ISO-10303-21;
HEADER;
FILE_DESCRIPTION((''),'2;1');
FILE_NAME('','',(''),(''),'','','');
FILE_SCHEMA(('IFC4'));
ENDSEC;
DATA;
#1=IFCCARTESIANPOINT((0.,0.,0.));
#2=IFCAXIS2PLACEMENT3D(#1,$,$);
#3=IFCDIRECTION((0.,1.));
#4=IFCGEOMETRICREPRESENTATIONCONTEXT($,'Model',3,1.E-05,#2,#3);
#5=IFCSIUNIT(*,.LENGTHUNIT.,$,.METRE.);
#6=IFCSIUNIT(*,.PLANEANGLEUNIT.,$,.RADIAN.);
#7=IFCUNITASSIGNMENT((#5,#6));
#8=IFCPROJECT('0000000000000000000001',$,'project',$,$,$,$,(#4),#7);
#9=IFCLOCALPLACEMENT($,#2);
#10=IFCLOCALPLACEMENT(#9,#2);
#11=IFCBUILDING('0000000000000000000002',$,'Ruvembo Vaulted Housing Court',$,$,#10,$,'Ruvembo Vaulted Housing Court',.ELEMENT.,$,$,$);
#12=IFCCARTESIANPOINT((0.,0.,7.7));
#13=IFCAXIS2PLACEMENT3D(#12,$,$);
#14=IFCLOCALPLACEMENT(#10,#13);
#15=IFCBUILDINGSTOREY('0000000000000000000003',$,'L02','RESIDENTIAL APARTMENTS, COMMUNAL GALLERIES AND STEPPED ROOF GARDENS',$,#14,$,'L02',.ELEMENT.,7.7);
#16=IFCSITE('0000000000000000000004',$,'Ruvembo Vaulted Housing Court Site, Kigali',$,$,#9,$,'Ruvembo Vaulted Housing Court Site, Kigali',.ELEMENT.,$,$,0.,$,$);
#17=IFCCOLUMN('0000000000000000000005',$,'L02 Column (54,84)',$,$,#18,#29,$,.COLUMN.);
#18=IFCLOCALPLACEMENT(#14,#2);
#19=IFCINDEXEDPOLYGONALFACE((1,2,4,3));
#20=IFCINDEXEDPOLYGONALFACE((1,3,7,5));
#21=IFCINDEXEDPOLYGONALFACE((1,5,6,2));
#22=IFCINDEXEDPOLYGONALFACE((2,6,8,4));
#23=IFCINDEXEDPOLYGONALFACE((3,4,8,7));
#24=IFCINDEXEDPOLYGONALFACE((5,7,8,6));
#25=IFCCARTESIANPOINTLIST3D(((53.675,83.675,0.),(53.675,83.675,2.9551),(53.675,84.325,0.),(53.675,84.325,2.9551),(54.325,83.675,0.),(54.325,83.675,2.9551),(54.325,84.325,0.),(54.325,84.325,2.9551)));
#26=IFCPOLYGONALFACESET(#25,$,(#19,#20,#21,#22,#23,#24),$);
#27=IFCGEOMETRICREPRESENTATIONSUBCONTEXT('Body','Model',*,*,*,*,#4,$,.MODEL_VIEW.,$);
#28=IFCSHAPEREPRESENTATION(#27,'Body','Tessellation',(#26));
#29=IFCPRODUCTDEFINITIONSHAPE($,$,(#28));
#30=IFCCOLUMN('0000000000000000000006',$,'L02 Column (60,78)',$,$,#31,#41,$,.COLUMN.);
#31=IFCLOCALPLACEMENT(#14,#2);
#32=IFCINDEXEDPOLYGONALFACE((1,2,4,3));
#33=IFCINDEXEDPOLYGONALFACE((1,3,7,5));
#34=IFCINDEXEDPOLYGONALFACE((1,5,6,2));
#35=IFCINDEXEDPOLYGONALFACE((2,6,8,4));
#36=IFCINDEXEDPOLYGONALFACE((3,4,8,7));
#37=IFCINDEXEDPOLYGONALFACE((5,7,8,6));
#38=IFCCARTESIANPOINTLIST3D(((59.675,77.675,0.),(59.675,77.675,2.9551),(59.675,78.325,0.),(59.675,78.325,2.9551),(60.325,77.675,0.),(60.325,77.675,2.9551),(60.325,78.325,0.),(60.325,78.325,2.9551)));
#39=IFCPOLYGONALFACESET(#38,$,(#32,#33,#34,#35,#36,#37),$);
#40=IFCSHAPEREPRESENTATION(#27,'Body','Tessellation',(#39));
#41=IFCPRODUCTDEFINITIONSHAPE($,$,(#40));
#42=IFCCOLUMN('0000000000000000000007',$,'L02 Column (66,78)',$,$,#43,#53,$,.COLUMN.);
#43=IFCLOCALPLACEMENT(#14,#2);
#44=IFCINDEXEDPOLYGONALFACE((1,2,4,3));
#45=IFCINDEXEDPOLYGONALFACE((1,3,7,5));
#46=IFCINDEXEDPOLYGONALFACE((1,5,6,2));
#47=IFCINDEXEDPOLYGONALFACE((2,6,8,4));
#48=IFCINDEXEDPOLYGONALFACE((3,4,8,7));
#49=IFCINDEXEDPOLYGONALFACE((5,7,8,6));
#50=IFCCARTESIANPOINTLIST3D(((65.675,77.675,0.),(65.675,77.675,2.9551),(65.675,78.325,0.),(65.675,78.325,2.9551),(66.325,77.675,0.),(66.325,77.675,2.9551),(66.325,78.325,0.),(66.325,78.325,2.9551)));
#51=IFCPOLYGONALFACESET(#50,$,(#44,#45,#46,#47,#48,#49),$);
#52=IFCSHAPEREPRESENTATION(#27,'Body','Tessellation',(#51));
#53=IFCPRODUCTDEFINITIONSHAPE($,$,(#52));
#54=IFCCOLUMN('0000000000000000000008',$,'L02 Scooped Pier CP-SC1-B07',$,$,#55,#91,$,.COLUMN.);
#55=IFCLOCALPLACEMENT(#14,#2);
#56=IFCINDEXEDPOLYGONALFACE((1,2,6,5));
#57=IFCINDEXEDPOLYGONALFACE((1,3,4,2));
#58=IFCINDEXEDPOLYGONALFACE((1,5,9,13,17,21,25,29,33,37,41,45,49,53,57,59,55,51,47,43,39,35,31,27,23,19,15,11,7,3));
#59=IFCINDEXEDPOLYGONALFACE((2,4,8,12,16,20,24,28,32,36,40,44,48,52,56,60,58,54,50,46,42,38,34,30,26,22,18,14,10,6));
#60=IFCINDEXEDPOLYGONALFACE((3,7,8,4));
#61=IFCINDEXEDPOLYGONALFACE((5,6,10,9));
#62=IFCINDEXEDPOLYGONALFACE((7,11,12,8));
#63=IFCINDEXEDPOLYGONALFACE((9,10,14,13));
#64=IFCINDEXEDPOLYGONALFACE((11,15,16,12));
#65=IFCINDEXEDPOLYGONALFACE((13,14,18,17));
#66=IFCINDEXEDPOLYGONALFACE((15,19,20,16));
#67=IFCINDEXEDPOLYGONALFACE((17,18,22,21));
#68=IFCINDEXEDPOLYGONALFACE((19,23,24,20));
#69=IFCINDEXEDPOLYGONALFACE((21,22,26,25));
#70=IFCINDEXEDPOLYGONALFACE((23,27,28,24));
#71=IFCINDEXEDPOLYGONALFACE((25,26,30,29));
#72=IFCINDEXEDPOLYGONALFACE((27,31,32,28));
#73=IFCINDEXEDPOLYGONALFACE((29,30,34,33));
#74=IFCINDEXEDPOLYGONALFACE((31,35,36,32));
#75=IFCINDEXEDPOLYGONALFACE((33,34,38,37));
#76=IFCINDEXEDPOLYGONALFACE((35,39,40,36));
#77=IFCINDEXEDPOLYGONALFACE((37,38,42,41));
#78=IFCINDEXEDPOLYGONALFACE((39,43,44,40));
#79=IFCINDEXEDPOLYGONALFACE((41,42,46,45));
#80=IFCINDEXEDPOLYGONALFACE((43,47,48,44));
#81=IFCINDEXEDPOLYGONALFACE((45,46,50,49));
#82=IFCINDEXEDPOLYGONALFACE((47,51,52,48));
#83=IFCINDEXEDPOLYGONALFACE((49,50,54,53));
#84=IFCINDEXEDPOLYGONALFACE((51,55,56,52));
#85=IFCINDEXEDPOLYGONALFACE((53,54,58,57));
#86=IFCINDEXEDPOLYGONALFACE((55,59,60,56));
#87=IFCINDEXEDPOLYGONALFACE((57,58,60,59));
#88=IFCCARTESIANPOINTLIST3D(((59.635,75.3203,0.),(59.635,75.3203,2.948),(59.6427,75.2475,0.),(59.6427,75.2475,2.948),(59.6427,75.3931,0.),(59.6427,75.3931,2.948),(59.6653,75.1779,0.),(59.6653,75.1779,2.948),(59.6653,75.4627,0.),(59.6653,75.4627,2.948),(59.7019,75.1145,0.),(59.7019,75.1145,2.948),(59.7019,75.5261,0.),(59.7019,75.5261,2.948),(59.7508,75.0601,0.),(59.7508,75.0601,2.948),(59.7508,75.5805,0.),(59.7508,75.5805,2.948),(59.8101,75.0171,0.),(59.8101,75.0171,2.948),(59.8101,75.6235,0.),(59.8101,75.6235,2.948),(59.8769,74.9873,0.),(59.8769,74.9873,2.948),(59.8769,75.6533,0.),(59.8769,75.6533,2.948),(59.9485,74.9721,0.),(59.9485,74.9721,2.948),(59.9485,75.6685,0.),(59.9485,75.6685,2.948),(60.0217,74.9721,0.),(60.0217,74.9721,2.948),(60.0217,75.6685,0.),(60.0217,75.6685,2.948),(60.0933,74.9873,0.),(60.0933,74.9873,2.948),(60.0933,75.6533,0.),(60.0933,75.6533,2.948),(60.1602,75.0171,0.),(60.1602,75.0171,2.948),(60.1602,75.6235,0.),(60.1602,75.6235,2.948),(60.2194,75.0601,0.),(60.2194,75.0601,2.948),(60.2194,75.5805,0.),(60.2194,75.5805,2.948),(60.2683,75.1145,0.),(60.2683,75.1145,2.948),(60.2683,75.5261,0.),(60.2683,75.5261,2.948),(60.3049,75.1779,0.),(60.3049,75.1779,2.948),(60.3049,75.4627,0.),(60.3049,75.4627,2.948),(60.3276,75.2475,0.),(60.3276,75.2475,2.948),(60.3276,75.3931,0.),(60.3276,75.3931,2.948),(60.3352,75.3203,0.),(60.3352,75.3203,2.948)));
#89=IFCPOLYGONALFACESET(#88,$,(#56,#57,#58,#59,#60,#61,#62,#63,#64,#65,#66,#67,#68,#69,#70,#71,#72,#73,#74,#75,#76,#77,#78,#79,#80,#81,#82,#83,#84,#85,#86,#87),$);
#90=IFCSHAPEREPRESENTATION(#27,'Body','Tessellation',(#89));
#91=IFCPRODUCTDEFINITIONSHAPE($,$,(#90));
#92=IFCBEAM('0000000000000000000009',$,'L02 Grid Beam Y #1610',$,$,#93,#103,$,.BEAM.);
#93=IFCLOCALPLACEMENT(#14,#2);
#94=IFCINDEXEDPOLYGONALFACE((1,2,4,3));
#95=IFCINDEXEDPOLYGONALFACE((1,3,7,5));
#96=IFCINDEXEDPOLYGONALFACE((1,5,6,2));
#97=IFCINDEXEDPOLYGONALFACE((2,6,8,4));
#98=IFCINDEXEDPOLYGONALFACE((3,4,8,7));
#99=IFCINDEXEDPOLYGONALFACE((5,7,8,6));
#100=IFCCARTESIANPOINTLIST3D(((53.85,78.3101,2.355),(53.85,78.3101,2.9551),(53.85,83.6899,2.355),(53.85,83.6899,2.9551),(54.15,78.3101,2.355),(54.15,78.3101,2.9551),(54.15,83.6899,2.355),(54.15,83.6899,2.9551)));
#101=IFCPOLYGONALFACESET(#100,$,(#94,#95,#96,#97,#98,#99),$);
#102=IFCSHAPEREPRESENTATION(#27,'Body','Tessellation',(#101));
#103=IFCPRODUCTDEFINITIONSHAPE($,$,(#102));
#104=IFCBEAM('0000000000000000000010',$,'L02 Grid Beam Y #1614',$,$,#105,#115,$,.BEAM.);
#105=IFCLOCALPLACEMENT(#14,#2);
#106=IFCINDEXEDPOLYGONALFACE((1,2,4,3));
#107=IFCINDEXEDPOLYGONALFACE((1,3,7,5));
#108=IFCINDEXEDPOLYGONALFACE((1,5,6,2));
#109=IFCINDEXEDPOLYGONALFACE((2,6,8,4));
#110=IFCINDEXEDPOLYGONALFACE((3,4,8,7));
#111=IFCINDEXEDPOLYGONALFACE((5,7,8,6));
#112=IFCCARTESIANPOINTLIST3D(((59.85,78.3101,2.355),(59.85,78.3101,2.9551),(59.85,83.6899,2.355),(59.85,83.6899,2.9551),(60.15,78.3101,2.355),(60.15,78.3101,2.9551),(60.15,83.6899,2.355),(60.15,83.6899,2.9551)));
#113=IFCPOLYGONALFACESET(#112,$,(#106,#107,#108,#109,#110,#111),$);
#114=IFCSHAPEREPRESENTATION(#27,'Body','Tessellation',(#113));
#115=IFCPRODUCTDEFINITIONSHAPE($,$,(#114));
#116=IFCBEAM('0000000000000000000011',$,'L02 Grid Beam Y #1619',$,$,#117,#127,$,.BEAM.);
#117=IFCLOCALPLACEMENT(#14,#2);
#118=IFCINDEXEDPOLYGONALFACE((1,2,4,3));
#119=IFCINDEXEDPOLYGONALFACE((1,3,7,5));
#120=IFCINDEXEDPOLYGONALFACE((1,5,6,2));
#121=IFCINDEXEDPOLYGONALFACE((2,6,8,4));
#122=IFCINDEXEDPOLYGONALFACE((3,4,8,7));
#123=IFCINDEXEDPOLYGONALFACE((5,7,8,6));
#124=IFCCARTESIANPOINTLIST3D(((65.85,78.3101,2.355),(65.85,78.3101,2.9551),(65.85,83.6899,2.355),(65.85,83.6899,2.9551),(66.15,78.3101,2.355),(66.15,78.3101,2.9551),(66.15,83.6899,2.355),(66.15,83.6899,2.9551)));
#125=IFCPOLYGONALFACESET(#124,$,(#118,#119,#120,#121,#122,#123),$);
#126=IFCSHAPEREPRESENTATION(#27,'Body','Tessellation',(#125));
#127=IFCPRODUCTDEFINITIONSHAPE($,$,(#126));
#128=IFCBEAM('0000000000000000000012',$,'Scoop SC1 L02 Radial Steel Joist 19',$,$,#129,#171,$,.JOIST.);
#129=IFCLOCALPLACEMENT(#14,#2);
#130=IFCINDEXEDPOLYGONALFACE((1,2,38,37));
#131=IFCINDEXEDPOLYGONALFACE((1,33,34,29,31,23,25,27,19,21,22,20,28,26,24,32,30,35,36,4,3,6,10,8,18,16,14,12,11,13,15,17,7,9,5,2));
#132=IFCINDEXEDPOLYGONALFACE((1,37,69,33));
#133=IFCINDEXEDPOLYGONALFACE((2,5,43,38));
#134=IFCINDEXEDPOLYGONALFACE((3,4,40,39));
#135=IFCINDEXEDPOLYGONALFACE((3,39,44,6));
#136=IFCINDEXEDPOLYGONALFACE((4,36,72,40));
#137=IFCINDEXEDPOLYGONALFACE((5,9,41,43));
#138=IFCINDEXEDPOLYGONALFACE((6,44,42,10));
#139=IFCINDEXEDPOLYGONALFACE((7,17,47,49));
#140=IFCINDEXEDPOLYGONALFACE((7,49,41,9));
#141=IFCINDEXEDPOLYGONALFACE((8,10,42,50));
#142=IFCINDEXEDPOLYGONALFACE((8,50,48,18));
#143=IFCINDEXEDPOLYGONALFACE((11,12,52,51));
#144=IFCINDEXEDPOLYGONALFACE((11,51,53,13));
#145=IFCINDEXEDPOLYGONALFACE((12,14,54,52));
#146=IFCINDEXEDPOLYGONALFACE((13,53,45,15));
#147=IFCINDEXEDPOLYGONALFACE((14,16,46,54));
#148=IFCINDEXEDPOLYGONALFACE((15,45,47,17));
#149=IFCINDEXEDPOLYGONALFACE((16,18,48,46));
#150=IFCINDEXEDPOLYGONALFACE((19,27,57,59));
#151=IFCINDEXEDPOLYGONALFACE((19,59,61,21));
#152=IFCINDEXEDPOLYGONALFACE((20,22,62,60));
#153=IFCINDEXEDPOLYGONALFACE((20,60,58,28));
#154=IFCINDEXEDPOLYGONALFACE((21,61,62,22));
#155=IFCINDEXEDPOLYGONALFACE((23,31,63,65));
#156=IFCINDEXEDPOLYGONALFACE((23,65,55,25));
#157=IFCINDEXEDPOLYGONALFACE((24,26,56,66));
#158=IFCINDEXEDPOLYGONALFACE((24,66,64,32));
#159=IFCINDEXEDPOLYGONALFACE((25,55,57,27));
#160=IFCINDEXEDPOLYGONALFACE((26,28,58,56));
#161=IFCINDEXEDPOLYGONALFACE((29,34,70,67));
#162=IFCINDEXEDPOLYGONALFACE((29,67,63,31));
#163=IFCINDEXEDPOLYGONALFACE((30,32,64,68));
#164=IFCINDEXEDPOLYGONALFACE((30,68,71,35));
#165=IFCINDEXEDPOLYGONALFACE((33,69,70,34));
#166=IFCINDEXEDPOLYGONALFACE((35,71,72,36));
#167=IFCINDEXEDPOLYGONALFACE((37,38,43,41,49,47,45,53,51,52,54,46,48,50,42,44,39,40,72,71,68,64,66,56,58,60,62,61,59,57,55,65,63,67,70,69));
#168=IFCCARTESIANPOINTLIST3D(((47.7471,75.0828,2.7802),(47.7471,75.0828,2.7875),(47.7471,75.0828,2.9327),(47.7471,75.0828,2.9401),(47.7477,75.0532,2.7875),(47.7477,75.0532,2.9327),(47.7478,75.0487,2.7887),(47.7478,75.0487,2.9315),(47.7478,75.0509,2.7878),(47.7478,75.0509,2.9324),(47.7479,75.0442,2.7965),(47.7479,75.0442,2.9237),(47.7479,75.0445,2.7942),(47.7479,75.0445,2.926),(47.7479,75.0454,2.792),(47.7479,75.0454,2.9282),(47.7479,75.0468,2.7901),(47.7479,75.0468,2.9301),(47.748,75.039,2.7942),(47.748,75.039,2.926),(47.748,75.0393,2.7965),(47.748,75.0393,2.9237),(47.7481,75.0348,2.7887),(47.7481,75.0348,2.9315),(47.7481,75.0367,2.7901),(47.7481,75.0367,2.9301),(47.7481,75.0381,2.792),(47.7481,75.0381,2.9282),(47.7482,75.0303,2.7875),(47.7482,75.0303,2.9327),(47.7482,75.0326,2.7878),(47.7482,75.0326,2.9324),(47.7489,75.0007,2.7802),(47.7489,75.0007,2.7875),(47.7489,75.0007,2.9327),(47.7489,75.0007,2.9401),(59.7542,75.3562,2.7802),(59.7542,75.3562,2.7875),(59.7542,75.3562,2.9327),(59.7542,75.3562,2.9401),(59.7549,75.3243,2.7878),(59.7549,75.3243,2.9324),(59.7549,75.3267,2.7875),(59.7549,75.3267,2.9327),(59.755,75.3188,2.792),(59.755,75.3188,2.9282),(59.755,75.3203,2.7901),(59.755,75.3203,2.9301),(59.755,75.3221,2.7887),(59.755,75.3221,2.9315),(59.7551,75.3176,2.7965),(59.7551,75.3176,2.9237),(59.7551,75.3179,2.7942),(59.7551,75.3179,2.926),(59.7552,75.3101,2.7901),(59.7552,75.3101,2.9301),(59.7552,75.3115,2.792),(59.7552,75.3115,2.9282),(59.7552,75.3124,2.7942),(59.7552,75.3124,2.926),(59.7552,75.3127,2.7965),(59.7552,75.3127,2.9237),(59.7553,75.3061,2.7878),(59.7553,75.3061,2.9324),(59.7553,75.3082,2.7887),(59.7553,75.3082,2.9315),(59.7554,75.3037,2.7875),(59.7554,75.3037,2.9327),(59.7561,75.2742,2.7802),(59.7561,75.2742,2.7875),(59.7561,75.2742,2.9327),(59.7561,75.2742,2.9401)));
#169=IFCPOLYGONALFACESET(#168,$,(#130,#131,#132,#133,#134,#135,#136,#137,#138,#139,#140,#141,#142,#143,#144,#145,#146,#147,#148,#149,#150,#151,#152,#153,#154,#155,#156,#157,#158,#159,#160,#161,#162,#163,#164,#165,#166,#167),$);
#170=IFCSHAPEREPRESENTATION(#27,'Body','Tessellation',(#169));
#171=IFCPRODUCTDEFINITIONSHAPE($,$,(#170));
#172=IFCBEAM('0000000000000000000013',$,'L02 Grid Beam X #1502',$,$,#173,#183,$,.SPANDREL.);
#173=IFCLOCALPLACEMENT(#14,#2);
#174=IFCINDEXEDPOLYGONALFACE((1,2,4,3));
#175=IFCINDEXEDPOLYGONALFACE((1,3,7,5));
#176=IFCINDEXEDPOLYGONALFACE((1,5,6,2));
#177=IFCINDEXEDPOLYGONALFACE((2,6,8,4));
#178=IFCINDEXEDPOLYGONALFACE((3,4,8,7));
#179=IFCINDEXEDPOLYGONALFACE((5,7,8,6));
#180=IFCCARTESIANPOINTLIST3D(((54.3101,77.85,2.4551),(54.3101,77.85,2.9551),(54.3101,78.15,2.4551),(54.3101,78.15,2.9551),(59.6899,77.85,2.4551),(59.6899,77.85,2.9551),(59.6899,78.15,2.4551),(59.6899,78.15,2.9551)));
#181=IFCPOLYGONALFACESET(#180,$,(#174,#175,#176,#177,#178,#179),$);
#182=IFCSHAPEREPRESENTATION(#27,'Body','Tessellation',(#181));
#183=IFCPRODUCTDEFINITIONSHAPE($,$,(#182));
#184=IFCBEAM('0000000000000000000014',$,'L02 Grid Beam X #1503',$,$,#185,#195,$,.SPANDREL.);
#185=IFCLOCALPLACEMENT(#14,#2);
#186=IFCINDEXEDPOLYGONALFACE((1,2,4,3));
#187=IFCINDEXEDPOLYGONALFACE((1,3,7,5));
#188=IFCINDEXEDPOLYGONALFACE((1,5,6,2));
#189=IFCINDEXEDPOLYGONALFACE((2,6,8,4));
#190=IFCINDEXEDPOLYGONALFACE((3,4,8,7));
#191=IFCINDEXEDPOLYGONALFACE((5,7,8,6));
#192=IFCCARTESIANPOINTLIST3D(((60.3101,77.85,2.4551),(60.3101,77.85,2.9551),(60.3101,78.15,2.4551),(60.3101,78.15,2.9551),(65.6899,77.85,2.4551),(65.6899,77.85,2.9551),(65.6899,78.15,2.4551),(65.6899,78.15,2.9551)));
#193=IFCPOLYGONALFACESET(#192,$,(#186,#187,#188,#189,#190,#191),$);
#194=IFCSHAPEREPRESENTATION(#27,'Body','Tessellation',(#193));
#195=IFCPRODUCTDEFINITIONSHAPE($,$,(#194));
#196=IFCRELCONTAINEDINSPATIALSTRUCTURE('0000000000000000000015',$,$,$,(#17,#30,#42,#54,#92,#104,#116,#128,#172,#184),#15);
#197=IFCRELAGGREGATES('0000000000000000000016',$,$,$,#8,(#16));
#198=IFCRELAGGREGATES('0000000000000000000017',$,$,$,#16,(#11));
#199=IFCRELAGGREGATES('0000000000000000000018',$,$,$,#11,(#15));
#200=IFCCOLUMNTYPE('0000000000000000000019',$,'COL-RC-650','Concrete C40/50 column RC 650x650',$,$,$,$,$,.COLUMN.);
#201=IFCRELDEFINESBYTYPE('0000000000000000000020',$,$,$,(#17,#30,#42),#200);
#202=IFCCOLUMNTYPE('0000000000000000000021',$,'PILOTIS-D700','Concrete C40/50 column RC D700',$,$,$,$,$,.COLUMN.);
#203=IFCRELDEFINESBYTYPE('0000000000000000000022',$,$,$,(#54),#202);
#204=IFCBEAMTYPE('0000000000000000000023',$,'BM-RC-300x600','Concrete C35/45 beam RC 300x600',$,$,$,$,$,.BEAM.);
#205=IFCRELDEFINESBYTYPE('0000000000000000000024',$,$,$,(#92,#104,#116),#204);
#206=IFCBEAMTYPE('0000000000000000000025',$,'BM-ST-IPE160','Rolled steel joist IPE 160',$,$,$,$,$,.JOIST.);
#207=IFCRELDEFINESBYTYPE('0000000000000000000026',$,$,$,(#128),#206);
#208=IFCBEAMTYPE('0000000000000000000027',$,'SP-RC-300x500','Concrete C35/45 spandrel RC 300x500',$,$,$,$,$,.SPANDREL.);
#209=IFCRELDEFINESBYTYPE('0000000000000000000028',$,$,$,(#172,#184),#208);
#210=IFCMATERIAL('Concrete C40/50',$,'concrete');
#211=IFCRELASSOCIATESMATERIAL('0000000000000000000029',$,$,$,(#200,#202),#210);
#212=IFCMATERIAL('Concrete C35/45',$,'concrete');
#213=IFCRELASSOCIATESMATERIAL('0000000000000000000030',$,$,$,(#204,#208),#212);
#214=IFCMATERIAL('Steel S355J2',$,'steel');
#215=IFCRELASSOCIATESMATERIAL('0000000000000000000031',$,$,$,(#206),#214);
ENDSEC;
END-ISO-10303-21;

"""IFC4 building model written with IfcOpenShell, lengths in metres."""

from ifc_helpers import new_model, si_unit, direction, frame, origin, origin_2d, place, context, subcontext, project, spatial, rectangle, circle, i_section, extrude, material, material_profile, profile_set, type_object, element, save


model = new_model("IFC4")

# Units and contexts
model_context = context("Model", 3, precision=1e-05, world=origin(), true_north=direction((0.0, 1.0)))
body_context = subcontext(model_context, "Body", "Model", "MODEL_VIEW")
ifc_project = project(units=[si_unit("LENGTHUNIT", "METRE"), si_unit("PLANEANGLEUNIT", "RADIAN")], contexts=[model_context])

# Site, building, storey
site_placement = place(None, origin())
site = spatial("IfcSite", under=ifc_project, at=site_placement, Name="Ruvembo Vaulted Housing Court Site, Kigali", LongName="Ruvembo Vaulted Housing Court Site, Kigali", CompositionType="ELEMENT", RefElevation=0.0)
building_placement = place(site_placement, origin())
building = spatial("IfcBuilding", under=site, at=building_placement, Name="Ruvembo Vaulted Housing Court", LongName="Ruvembo Vaulted Housing Court", CompositionType="ELEMENT")
storey_placement = place(building_placement, frame((0.0, 0.0, 7.7)))
storey = spatial("IfcBuildingStorey", under=building, at=storey_placement, Name="L02", Description="RESIDENTIAL APARTMENTS, COMMUNAL GALLERIES AND STEPPED ROOF GARDENS", LongName="L02", CompositionType="ELEMENT", Elevation=7.7)

# Columns
ifc_material_1 = material(Name="Concrete C40/50", Category="concrete")
ifc_material_profile_1 = material_profile(ifc_material_1, rectangle(XDim=0.6499, YDim=0.6499, at=origin_2d()), Name="RC 650x650")
ifc_profile_set_1 = profile_set([ifc_material_profile_1], Name="Concrete C40/50")
column_type_1 = type_object("IfcColumnType", Name="COL-RC-650", Description="Concrete C40/50 column RC 650x650", PredefinedType="COLUMN", material=ifc_profile_set_1)
for number, where, z_axis, x_axis, name in (
    (1, (54.0, 84.0, 0.0), (0.0, 0.0, 1.0), (1.0, 0.0, 0.0), "L02 Column (54,84)"),
    (2, (60.0, 78.0, 0.0), (0.0, 0.0, 1.0), (1.0, 0.0, 0.0), "L02 Column (60,78)"),
    (3, (66.0, 78.0, 0.0), (0.0, 0.0, 1.0), (1.0, 0.0, 0.0), "L02 Column (66,78)"),
):
    element("IfcColumn", number, at=place(storey_placement, frame(where, z_axis=z_axis, x_axis=x_axis)), inside=storey, type_object=column_type_1, Name=name, PredefinedType="COLUMN", context=body_context, shape_type="SweptSolid", body=[
        extrude(rectangle(XDim=0.6499, YDim=0.6499, at=origin_2d()), origin(), (0.0, 0.0, 1.0), 2.9551),
    ])
ifc_material_profile_2 = material_profile(ifc_material_1, circle(Radius=0.3501, at=origin_2d()), Name="RC D700")
ifc_profile_set_2 = profile_set([ifc_material_profile_2], Name="Concrete C40/50")
column_type_2 = type_object("IfcColumnType", Name="PILOTIS-D700", Description="Concrete C40/50 column RC D700", PredefinedType="COLUMN", material=ifc_profile_set_2)
column_placement = place(storey_placement, frame((59.9851, 75.3203, 0.0), z_axis=(0.0, 0.0, 1.0), x_axis=(1.0, 0.0, 0.0)))
element("IfcColumn", 4, at=column_placement, inside=storey, type_object=column_type_2, Name="L02 Scooped Pier CP-SC1-B07", PredefinedType="COLUMN", context=body_context, shape_type="SweptSolid", body=[
    extrude(circle(Radius=0.3501, at=origin_2d()), origin(), (0.0, 0.0, 1.0), 2.948),
])

# Beams
ifc_material_2 = material(Name="Concrete C35/45", Category="concrete")
ifc_material_profile_3 = material_profile(ifc_material_2, rectangle(XDim=0.3, YDim=0.6001, at=origin_2d()), Name="RC 300x600")
ifc_profile_set_3 = profile_set([ifc_material_profile_3], Name="Concrete C35/45")
beam_type_1 = type_object("IfcBeamType", Name="BM-RC-300x600", Description="Concrete C35/45 beam RC 300x600", PredefinedType="BEAM", material=ifc_profile_set_3)
for number, where, z_axis, x_axis, name in (
    (5, (54.0, 78.3101, 2.655), (0.0, 1.0, 0.0), (-1.0, 0.0, 0.0), "L02 Grid Beam Y #1610"),
    (6, (60.0, 78.3101, 2.655), (0.0, 1.0, 0.0), (-1.0, 0.0, 0.0), "L02 Grid Beam Y #1614"),
    (7, (66.0, 78.3101, 2.655), (0.0, 1.0, 0.0), (-1.0, 0.0, 0.0), "L02 Grid Beam Y #1619"),
):
    element("IfcBeam", number, at=place(storey_placement, frame(where, z_axis=z_axis, x_axis=x_axis)), inside=storey, type_object=beam_type_1, Name=name, PredefinedType="BEAM", context=body_context, shape_type="SweptSolid", body=[
        extrude(rectangle(XDim=0.3, YDim=0.6001, at=origin_2d()), origin(), (0.0, 0.0, 1.0), 5.3799),
    ])
ifc_material_3 = material(Name="Steel S355J2", Category="steel")
ifc_material_profile_4 = material_profile(ifc_material_3, i_section(OverallWidth=0.082, OverallDepth=0.1599, WebThickness=0.0049, FlangeThickness=0.0073, FilletRadius=0.009, at=origin_2d()), Name="IPE 160")
ifc_profile_set_4 = profile_set([ifc_material_profile_4], Name="Steel S355J2")
beam_type_2 = type_object("IfcBeamType", Name="BM-ST-IPE160", Description="Rolled steel joist IPE 160", PredefinedType="JOIST", material=ifc_profile_set_4)
beam_placement = place(storey_placement, frame((59.7551, 75.3152, 2.8601), z_axis=(-0.999741, -0.022767, 0.0), x_axis=(0.022767, -0.999741, 0.0)))
element("IfcBeam", 8, at=beam_placement, inside=storey, type_object=beam_type_2, Name="Scoop SC1 L02 Radial Steel Joist 19", PredefinedType="JOIST", context=body_context, shape_type="SweptSolid", body=[
    extrude(i_section(OverallWidth=0.082, OverallDepth=0.1599, WebThickness=0.0049, FlangeThickness=0.0073, FilletRadius=0.009, at=origin_2d()), origin(), (0.0, 0.0, 1.0), 12.0103),
])
ifc_material_profile_5 = material_profile(ifc_material_2, rectangle(XDim=0.3, YDim=0.5, at=origin_2d()), Name="RC 300x500")
ifc_profile_set_5 = profile_set([ifc_material_profile_5], Name="Concrete C35/45")
beam_type_3 = type_object("IfcBeamType", Name="SP-RC-300x500", Description="Concrete C35/45 spandrel RC 300x500", PredefinedType="SPANDREL", material=ifc_profile_set_5)
for number, where, z_axis, x_axis, name in (
    (9, (54.3101, 78.0, 2.7051), (1.0, 0.0, 0.0), (0.0, 1.0, 0.0), "L02 Grid Beam X #1502"),
    (10, (60.3101, 78.0, 2.7051), (1.0, 0.0, 0.0), (0.0, 1.0, 0.0), "L02 Grid Beam X #1503"),
):
    element("IfcBeam", number, at=place(storey_placement, frame(where, z_axis=z_axis, x_axis=x_axis)), inside=storey, type_object=beam_type_3, Name=name, PredefinedType="SPANDREL", context=body_context, shape_type="SweptSolid", body=[
        extrude(rectangle(XDim=0.3, YDim=0.5, at=origin_2d()), origin(), (0.0, 0.0, 1.0), 5.3799),
    ])

save(model, "model.ifc")
